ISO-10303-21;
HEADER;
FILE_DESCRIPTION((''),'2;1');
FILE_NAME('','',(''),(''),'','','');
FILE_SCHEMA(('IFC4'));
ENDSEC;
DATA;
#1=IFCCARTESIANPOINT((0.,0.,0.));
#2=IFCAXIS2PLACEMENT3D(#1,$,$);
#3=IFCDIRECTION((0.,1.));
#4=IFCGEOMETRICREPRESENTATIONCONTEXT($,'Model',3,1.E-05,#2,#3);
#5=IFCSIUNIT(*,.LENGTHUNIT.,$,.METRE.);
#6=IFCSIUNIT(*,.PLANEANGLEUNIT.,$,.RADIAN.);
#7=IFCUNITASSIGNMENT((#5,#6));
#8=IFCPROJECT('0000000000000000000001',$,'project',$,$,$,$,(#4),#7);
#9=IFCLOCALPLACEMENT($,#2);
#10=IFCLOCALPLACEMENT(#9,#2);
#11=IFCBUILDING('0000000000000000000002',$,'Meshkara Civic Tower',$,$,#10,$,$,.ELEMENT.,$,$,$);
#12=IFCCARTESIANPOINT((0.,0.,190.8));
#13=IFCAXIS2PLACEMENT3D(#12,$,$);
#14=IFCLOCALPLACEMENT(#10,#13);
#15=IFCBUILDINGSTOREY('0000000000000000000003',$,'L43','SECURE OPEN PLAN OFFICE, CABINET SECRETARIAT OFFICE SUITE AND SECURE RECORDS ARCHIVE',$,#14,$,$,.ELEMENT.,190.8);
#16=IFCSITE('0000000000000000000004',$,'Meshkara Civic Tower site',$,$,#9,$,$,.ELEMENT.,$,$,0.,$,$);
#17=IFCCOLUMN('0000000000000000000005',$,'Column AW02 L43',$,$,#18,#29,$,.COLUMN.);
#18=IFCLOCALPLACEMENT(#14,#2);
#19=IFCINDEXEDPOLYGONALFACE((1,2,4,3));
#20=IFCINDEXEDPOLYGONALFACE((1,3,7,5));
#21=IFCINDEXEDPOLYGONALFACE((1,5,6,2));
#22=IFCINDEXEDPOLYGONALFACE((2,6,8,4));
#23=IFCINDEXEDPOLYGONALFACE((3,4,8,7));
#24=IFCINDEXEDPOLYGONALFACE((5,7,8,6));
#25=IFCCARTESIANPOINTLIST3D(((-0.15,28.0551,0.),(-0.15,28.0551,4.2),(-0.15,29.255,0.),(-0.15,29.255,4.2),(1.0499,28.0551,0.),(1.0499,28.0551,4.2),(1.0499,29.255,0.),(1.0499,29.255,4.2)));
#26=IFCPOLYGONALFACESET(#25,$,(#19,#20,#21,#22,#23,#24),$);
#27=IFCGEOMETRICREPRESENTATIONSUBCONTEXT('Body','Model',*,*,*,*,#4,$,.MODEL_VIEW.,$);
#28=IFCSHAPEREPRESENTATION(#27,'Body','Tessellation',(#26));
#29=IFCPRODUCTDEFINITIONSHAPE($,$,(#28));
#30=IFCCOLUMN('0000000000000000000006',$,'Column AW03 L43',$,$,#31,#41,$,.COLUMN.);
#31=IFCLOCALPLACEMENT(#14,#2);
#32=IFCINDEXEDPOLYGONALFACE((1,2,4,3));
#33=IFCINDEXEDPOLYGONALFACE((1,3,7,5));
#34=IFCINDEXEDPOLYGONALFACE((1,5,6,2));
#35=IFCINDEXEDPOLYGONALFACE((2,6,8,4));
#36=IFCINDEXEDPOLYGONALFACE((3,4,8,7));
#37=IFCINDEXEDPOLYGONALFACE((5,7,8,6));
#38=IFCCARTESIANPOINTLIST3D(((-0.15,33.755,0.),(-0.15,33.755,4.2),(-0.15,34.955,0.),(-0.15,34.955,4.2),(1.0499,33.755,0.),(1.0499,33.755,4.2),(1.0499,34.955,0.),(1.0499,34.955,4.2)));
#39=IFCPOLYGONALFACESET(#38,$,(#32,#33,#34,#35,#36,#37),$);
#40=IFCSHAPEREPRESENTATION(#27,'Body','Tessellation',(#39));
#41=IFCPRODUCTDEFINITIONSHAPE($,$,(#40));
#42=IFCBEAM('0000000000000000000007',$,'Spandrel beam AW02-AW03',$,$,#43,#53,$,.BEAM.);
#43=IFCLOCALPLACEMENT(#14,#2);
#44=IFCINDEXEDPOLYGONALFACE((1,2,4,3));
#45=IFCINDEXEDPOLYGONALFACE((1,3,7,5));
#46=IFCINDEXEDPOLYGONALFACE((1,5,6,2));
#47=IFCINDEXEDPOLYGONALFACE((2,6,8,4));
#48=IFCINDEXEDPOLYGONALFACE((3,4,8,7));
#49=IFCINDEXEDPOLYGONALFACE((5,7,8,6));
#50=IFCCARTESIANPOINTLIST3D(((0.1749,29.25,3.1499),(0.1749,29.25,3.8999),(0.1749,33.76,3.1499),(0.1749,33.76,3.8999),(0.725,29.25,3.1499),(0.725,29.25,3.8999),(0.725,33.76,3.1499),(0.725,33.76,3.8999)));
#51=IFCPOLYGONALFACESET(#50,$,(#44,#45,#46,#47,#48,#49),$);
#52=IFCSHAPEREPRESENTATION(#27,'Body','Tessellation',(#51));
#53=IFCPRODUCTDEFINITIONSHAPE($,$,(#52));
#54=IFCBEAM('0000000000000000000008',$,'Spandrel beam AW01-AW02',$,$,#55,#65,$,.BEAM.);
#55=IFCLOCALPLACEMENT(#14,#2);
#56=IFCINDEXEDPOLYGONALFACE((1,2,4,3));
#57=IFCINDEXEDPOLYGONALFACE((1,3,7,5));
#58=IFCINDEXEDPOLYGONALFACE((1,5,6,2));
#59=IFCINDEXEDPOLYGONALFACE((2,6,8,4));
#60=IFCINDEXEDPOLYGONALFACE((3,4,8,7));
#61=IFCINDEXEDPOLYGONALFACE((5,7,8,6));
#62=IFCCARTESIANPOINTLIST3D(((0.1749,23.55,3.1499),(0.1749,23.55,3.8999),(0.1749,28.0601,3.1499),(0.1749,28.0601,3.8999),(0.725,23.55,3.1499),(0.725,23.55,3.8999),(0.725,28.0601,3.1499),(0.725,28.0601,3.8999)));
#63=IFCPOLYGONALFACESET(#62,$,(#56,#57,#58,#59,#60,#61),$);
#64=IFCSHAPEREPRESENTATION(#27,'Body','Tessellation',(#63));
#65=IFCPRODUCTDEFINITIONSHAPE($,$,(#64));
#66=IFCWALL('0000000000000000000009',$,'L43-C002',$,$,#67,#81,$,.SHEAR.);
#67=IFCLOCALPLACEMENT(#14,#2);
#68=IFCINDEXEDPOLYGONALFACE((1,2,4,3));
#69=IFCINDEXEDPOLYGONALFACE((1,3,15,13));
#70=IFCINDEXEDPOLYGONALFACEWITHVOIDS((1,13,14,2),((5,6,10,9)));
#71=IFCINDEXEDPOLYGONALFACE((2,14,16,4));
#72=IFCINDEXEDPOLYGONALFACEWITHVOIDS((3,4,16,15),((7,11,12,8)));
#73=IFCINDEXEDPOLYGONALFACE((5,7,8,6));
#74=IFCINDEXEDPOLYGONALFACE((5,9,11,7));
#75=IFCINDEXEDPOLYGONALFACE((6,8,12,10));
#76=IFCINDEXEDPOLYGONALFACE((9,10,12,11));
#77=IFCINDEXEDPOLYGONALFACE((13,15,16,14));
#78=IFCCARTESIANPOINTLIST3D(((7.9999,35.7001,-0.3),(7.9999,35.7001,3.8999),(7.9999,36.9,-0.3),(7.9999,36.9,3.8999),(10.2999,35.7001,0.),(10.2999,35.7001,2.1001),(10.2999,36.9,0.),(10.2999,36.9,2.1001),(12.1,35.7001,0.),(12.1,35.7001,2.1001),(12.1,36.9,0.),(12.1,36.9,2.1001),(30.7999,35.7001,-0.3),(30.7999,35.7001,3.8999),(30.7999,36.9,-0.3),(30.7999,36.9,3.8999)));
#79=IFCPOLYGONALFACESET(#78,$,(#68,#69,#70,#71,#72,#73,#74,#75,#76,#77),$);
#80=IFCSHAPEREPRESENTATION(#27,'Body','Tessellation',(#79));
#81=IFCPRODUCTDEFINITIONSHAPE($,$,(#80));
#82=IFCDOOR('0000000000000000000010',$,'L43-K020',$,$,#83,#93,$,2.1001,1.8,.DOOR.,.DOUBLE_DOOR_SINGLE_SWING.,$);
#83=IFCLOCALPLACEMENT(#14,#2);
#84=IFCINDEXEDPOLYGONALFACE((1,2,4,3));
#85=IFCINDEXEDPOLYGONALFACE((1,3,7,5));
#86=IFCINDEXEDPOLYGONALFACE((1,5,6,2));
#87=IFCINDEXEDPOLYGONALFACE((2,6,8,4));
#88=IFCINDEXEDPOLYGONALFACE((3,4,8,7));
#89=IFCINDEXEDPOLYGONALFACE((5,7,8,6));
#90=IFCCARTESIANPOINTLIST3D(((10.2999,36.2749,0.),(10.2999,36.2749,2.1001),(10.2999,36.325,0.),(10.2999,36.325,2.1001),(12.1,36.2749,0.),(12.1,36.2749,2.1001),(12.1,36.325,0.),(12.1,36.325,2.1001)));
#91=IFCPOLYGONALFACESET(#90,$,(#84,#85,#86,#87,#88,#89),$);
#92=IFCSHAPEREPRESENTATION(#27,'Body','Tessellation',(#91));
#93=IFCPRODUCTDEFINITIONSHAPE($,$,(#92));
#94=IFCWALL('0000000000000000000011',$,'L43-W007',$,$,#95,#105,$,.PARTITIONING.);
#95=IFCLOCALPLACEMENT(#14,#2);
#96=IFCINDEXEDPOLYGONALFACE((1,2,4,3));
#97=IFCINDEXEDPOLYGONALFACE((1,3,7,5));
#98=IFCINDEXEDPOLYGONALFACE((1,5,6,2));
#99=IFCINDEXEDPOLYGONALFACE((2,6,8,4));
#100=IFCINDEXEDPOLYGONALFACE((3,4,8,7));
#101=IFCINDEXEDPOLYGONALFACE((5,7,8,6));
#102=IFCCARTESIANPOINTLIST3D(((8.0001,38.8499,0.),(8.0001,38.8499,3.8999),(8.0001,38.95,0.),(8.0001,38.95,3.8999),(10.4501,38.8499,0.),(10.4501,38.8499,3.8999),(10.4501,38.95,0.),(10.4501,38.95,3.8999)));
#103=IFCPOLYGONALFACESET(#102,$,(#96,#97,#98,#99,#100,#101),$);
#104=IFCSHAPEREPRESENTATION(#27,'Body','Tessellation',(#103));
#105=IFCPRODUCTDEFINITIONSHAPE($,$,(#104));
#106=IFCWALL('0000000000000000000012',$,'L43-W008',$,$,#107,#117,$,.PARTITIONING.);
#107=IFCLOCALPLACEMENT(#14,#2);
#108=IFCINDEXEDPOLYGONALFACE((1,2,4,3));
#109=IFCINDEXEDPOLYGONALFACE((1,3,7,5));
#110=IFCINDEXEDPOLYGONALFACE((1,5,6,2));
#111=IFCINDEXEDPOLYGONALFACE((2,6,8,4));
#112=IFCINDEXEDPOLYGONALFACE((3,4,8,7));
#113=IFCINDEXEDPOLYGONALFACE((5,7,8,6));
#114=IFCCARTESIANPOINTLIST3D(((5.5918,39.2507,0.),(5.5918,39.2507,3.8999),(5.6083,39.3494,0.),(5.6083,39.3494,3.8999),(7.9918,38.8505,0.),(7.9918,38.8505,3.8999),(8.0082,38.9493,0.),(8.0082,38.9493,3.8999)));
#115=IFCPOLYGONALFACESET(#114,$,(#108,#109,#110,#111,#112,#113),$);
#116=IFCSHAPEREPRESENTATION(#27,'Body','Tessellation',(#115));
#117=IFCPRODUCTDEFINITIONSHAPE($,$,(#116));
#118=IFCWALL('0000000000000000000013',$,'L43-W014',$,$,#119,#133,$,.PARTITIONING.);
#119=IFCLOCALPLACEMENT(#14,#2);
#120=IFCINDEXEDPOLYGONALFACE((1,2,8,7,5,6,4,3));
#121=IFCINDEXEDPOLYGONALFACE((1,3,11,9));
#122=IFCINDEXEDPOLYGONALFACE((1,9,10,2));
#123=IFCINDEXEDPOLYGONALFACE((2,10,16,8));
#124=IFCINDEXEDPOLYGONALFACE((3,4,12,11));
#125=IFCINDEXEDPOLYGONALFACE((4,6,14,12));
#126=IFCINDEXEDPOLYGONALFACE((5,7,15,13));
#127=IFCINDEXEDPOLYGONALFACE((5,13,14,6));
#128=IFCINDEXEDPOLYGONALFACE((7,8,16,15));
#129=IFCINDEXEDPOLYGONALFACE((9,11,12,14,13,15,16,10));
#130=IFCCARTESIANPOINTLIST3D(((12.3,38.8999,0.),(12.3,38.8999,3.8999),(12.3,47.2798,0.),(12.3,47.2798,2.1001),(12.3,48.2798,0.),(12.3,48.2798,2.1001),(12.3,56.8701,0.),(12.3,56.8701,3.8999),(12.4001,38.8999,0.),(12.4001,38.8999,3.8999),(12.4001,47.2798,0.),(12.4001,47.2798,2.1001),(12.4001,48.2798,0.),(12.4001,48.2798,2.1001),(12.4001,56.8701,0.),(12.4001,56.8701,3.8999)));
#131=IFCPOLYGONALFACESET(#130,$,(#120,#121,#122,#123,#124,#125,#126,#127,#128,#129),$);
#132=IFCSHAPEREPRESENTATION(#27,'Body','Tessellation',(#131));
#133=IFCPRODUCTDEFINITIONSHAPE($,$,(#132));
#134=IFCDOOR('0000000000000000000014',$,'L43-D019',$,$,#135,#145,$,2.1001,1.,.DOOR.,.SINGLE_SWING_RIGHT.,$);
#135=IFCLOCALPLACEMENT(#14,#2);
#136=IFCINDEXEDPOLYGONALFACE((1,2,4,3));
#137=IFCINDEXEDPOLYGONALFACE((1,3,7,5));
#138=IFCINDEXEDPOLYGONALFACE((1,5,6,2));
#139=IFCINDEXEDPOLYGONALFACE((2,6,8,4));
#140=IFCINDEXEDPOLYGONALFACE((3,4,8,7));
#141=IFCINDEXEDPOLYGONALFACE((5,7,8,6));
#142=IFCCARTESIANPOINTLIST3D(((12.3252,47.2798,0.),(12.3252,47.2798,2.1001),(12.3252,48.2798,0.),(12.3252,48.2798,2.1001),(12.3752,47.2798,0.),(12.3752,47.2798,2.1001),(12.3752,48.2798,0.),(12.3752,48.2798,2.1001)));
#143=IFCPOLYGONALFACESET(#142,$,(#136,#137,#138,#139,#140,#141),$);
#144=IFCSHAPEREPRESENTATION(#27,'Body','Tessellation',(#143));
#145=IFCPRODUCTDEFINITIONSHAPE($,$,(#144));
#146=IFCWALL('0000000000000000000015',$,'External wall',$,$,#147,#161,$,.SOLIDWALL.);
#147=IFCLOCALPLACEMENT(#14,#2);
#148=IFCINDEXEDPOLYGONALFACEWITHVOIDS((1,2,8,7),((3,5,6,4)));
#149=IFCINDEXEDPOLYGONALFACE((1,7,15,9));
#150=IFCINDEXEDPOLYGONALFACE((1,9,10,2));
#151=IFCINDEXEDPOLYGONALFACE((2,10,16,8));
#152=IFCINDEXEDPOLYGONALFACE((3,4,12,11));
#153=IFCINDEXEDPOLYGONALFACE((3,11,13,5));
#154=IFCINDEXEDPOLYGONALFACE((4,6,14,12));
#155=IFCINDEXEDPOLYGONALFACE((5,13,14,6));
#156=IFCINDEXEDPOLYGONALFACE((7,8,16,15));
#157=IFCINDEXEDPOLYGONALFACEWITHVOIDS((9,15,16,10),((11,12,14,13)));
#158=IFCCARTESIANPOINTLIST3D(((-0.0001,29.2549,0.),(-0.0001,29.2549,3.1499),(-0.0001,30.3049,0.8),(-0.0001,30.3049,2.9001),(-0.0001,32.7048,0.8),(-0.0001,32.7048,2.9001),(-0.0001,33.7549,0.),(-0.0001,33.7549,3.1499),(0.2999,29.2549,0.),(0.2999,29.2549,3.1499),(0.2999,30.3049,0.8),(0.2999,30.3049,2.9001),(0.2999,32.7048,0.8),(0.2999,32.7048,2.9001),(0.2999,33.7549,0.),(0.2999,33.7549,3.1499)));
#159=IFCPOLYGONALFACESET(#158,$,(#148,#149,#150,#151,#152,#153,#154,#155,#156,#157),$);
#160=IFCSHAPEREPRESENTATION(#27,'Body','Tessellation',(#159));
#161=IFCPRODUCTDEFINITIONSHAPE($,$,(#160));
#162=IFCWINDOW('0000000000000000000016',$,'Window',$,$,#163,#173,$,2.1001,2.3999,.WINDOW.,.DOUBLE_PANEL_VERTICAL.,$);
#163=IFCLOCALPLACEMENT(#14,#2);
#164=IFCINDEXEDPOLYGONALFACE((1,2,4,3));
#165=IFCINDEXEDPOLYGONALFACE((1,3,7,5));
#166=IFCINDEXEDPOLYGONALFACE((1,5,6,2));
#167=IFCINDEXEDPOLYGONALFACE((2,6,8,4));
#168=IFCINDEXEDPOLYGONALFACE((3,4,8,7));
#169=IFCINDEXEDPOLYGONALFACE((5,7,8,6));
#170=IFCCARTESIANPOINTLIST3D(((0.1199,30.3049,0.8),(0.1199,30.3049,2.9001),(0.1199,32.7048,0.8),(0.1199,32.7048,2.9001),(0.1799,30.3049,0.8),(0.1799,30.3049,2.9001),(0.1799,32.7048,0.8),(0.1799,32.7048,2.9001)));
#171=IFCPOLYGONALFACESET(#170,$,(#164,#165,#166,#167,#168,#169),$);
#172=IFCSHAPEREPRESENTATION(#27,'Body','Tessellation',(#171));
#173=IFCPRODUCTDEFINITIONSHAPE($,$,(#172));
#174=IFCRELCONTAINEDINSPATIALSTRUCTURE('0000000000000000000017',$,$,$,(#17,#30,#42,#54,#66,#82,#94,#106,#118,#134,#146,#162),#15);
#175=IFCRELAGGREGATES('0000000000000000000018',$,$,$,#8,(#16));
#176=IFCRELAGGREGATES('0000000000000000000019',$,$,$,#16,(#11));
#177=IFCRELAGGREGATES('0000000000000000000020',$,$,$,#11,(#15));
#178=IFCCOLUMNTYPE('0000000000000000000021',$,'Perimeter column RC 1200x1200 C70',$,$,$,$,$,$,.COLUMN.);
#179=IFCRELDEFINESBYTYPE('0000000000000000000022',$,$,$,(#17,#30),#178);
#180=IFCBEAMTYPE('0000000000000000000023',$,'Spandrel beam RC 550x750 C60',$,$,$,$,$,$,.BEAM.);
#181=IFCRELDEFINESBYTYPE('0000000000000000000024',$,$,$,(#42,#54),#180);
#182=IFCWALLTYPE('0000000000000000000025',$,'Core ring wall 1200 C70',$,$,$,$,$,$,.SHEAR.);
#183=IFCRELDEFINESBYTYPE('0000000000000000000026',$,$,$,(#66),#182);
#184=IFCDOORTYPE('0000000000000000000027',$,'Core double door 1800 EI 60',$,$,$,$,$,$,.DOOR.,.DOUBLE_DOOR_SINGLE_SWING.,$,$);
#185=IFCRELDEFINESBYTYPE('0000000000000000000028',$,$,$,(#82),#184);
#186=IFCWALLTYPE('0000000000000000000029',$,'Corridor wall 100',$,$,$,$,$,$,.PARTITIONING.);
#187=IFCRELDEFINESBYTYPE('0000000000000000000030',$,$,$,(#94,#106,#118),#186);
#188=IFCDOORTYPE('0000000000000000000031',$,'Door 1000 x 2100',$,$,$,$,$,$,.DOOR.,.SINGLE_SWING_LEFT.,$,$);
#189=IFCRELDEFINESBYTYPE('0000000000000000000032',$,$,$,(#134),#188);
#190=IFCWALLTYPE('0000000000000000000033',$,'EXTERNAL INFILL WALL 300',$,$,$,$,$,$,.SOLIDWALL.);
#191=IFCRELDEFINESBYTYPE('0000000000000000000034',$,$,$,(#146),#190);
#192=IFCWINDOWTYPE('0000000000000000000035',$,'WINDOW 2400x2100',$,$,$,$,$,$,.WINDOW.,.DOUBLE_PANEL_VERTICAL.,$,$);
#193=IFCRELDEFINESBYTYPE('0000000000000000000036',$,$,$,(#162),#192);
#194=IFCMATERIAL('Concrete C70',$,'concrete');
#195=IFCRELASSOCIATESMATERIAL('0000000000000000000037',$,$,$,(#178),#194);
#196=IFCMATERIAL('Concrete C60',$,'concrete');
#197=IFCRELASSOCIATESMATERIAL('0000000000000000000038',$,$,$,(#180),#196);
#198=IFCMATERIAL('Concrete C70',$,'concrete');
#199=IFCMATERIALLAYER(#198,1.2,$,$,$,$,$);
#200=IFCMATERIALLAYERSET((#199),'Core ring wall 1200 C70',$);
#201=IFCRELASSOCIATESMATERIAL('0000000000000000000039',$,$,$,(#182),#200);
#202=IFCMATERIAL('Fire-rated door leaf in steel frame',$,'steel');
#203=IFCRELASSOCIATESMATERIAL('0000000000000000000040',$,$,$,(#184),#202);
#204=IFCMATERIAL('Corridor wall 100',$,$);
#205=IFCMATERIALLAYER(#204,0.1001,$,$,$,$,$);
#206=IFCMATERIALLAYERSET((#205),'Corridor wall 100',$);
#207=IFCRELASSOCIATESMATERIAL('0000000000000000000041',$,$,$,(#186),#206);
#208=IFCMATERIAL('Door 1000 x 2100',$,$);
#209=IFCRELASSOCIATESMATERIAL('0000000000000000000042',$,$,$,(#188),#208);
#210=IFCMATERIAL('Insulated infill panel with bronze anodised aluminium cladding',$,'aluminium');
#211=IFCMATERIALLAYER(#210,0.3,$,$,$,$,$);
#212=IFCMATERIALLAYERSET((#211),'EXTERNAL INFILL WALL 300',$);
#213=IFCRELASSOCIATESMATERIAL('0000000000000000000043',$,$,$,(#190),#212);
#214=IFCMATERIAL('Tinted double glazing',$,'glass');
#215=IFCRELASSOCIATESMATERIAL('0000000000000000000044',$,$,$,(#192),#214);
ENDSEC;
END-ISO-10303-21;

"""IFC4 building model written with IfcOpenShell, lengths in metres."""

from ifc_helpers import new_model, si_unit, direction, frame, frame_2d, origin, origin_2d, place, context, subcontext, project, spatial, rectangle, extrude, material, layer, layer_set, material_profile, profile_set, type_object, element, fill, save


model = new_model("IFC4")

# Units and contexts
model_context = context("Model", 3, precision=1e-05, world=origin(), true_north=direction((0.0, 1.0)))
body_context = subcontext(model_context, "Body", "Model", "MODEL_VIEW")
ifc_project = project(units=[si_unit("LENGTHUNIT", "METRE"), si_unit("PLANEANGLEUNIT", "RADIAN")], contexts=[model_context])

# Site, building, storey
site_placement = place(None, origin())
site = spatial("IfcSite", under=ifc_project, at=site_placement, Name="Meshkara Civic Tower site", CompositionType="ELEMENT", RefElevation=0.0)
building_placement = place(site_placement, origin())
building = spatial("IfcBuilding", under=site, at=building_placement, Name="Meshkara Civic Tower", CompositionType="ELEMENT")
storey_placement = place(building_placement, frame((0.0, 0.0, 190.8)))
storey = spatial("IfcBuildingStorey", under=building, at=storey_placement, Name="L43", Description="SECURE OPEN PLAN OFFICE, CABINET SECRETARIAT OFFICE SUITE AND SECURE RECORDS ARCHIVE", CompositionType="ELEMENT", Elevation=190.8)

# Columns
ifc_material_1 = material(Name="Concrete C70", Category="concrete")
ifc_material_profile_1 = material_profile(ifc_material_1, rectangle(XDim=1.2, YDim=1.2, at=origin_2d()))
ifc_profile_set_1 = profile_set([ifc_material_profile_1], Name="Concrete C70")
column_type = type_object("IfcColumnType", Name="Perimeter column RC 1200x1200 C70", PredefinedType="COLUMN", material=ifc_profile_set_1)
for number, where, z_axis, x_axis, name in (
    (1, (0.45, 28.655, 0.0), (0.0, 0.0, 1.0), (1.0, 0.0, 0.0), "Column AW02 L43"),
    (2, (0.45, 34.355, 0.0), (0.0, 0.0, 1.0), (1.0, 0.0, 0.0), "Column AW03 L43"),
):
    element("IfcColumn", number, at=place(storey_placement, frame(where, z_axis=z_axis, x_axis=x_axis)), inside=storey, type_object=column_type, Name=name, PredefinedType="COLUMN", context=body_context, shape_type="SweptSolid", body=[
        extrude(rectangle(XDim=1.2, YDim=1.2, at=origin_2d()), origin(), (0.0, 0.0, 1.0), 4.2),
    ])

# Beams
ifc_material_2 = material(Name="Concrete C60", Category="concrete")
ifc_material_profile_2 = material_profile(ifc_material_2, rectangle(XDim=0.55, YDim=0.75, at=origin_2d()))
ifc_profile_set_2 = profile_set([ifc_material_profile_2], Name="Concrete C60")
beam_type = type_object("IfcBeamType", Name="Spandrel beam RC 550x750 C60", PredefinedType="BEAM", material=ifc_profile_set_2)
for number, where, z_axis, x_axis, name in (
    (3, (0.45, 33.76, 3.5249), (0.0, -1.0, 0.0), (1.0, 0.0, 0.0), "Spandrel beam AW02-AW03"),
    (4, (0.45, 28.0601, 3.5249), (0.0, -1.0, 0.0), (1.0, 0.0, 0.0), "Spandrel beam AW01-AW02"),
):
    element("IfcBeam", number, at=place(storey_placement, frame(where, z_axis=z_axis, x_axis=x_axis)), inside=storey, type_object=beam_type, Name=name, PredefinedType="BEAM", context=body_context, shape_type="SweptSolid", body=[
        extrude(rectangle(XDim=0.55, YDim=0.75, at=origin_2d()), origin(), (0.0, 0.0, 1.0), 4.51),
    ])

# Wall, opening, door
ifc_material_3 = material(Name="Concrete C70", Category="concrete")
ifc_layer_1 = layer(ifc_material_3, 1.2)
ifc_layer_set_1 = layer_set([ifc_layer_1], Name="Core ring wall 1200 C70")
wall_type_1 = type_object("IfcWallType", Name="Core ring wall 1200 C70", PredefinedType="SHEAR", material=ifc_layer_set_1)
wall_1_placement = place(storey_placement, frame((8.0, 36.3, -0.3), z_axis=(0.0, 0.0, 1.0), x_axis=(1.0, 0.0, 0.0)))
wall_1 = element("IfcWall", 5, at=wall_1_placement, inside=storey, type_object=wall_type_1, Name="L43-C002", PredefinedType="SHEAR", context=body_context, shape_type="SweptSolid", body=[
    extrude(rectangle(XDim=22.8, YDim=1.2, at=frame_2d((11.3999, 0.0))), origin(), (0.0, 0.0, 1.0), 4.2),
])
opening_1_placement = place(wall_1_placement, frame((2.3, 0.0, 0.3)))
opening_1 = element("IfcOpeningElement", 6, at=opening_1_placement, cuts=wall_1, PredefinedType="OPENING", context=body_context, shape_type="SweptSolid", body=[
    extrude(rectangle(XDim=1.8, YDim=2.1001, at=frame_2d((0.8999, 1.05))), frame((0.0, 0.6099, 0.0), z_axis=(0.0, -1.0, 0.0), x_axis=(1.0, 0.0, 0.0)), (0.0, 0.0, 1.0), 1.22),
])
ifc_material_4 = material(Name="Fire-rated door leaf in steel frame", Category="steel")
door_type_1 = type_object("IfcDoorType", Name="Core double door 1800 EI 60", OperationType="DOUBLE_DOOR_SINGLE_SWING", PredefinedType="DOOR", material=ifc_material_4)
door_1_placement = place(opening_1_placement, origin())
door_1 = element("IfcDoor", 7, at=door_1_placement, inside=storey, type_object=door_type_1, Name="L43-K020", OperationType="DOUBLE_DOOR_SINGLE_SWING", OverallHeight=2.1001, OverallWidth=1.8, PredefinedType="DOOR", context=body_context, shape_type="SweptSolid", body=[
    extrude(rectangle(XDim=1.8, YDim=2.1001, at=frame_2d((0.8999, 1.05))), frame((0.0, 0.0249, 0.0), z_axis=(0.0, -1.0, 0.0), x_axis=(1.0, 0.0, 0.0)), (0.0, 0.0, 1.0), 0.05),
])
fill(opening_1, door_1)

# Walls
ifc_material_5 = material(Name="Corridor wall 100")
ifc_layer_2 = layer(ifc_material_5, 0.1001)
ifc_layer_set_2 = layer_set([ifc_layer_2], Name="Corridor wall 100")
wall_type_2 = type_object("IfcWallType", Name="Corridor wall 100", PredefinedType="PARTITIONING", material=ifc_layer_set_2)
wall_2_placement = place(storey_placement, frame((8.0, 38.8999, 0.0), z_axis=(0.0, 0.0, 1.0), x_axis=(1.0, 0.0, 0.0)))
element("IfcWall", 8, at=wall_2_placement, inside=storey, type_object=wall_type_2, Name="L43-W007", PredefinedType="PARTITIONING", context=body_context, shape_type="SweptSolid", body=[
    extrude(rectangle(XDim=2.45, YDim=0.1001, at=frame_2d((1.2251, 0.0))), origin(), (0.0, 0.0, 1.0), 3.8999),
])
wall_3_placement = place(storey_placement, frame((8.0, 38.8999, 0.0), z_axis=(0.0, 0.0, 1.0), x_axis=(-0.986383, 0.164464, 0.0)))
element("IfcWall", 9, at=wall_3_placement, inside=storey, type_object=wall_type_2, Name="L43-W008", PredefinedType="PARTITIONING", context=body_context, shape_type="SweptSolid", body=[
    extrude(rectangle(XDim=2.4331, YDim=0.1001, at=frame_2d((1.2166, 0.0))), origin(), (0.0, 0.0, 1.0), 3.8999),
])

# Wall, opening, door
wall_4_placement = place(storey_placement, frame((12.3501, 38.8999, 0.0), z_axis=(0.0, 0.0, 1.0), x_axis=(0.0, 1.0, 0.0)))
wall_4 = element("IfcWall", 10, at=wall_4_placement, inside=storey, type_object=wall_type_2, Name="L43-W014", PredefinedType="PARTITIONING", context=body_context, shape_type="SweptSolid", body=[
    extrude(rectangle(XDim=17.9702, YDim=0.1001, at=frame_2d((8.9851, 0.0))), origin(), (0.0, 0.0, 1.0), 3.8999),
])
opening_2_placement = place(wall_4_placement, frame((8.3799, 0.0, 0.0)))
opening_2 = element("IfcOpeningElement", 11, at=opening_2_placement, cuts=wall_4, PredefinedType="OPENING", context=body_context, shape_type="SweptSolid", body=[
    extrude(rectangle(XDim=1.0, YDim=2.1001, at=frame_2d((0.5, 1.05))), frame((0.0, 0.0601, 0.0), z_axis=(0.0, -1.0, 0.0), x_axis=(1.0, 0.0, 0.0)), (0.0, 0.0, 1.0), 0.1201),
])
ifc_material_6 = material(Name="Door 1000 x 2100")
door_type_2 = type_object("IfcDoorType", Name="Door 1000 x 2100", OperationType="SINGLE_SWING_LEFT", PredefinedType="DOOR", material=ifc_material_6)
door_2_placement = place(opening_2_placement, origin())
door_2 = element("IfcDoor", 12, at=door_2_placement, inside=storey, type_object=door_type_2, Name="L43-D019", OperationType="SINGLE_SWING_RIGHT", OverallHeight=2.1001, OverallWidth=1.0, PredefinedType="DOOR", context=body_context, shape_type="SweptSolid", body=[
    extrude(rectangle(XDim=1.0, YDim=2.1001, at=frame_2d((0.5, 1.05))), frame((0.0, 0.0249, 0.0), z_axis=(0.0, -1.0, 0.0), x_axis=(1.0, 0.0, 0.0)), (0.0, 0.0, 1.0), 0.05),
])
fill(opening_2, door_2)

# Wall, opening, window
ifc_material_7 = material(Name="Insulated infill panel with bronze anodised aluminium cladding", Category="aluminium")
ifc_layer_3 = layer(ifc_material_7, 0.3)
ifc_layer_set_3 = layer_set([ifc_layer_3], Name="EXTERNAL INFILL WALL 300")
wall_type_3 = type_object("IfcWallType", Name="EXTERNAL INFILL WALL 300", PredefinedType="SOLIDWALL", material=ifc_layer_set_3)
wall_5_placement = place(storey_placement, frame((0.1499, 33.7549, 0.0), z_axis=(0.0, 0.0, 1.0), x_axis=(0.0, -1.0, 0.0)))
wall_5 = element("IfcWall", 13, at=wall_5_placement, inside=storey, type_object=wall_type_3, Name="External wall", PredefinedType="SOLIDWALL", context=body_context, shape_type="SweptSolid", body=[
    extrude(rectangle(XDim=4.5, YDim=0.3, at=frame_2d((2.25, 0.0))), origin(), (0.0, 0.0, 1.0), 3.1499),
])
opening_3_placement = place(wall_5_placement, frame((1.05, 0.0, 0.8)))
opening_3 = element("IfcOpeningElement", 14, at=opening_3_placement, cuts=wall_5, PredefinedType="OPENING", context=body_context, shape_type="SweptSolid", body=[
    extrude(rectangle(XDim=2.3999, YDim=2.1001, at=frame_2d((1.2, 1.05))), frame((0.0, 0.1599, 0.0), z_axis=(0.0, -1.0, 0.0), x_axis=(1.0, 0.0, 0.0)), (0.0, 0.0, 1.0), 0.3201),
])
ifc_material_8 = material(Name="Tinted double glazing", Category="glass")
window_type = type_object("IfcWindowType", Name="WINDOW 2400x2100", PartitioningType="DOUBLE_PANEL_VERTICAL", PredefinedType="WINDOW", material=ifc_material_8)
window_1_placement = place(opening_3_placement, origin())
window_1 = element("IfcWindow", 15, at=window_1_placement, inside=storey, type_object=window_type, Name="Window", OverallHeight=2.1001, OverallWidth=2.3999, PartitioningType="DOUBLE_PANEL_VERTICAL", PredefinedType="WINDOW", context=body_context, shape_type="SweptSolid", body=[
    extrude(rectangle(XDim=2.3999, YDim=2.1001, at=frame_2d((1.2, 1.05))), frame((0.0, 0.03, 0.0), z_axis=(0.0, -1.0, 0.0), x_axis=(1.0, 0.0, 0.0)), (0.0, 0.0, 1.0), 0.0601),
])
fill(opening_3, window_1)

save(model, "model.ifc")
